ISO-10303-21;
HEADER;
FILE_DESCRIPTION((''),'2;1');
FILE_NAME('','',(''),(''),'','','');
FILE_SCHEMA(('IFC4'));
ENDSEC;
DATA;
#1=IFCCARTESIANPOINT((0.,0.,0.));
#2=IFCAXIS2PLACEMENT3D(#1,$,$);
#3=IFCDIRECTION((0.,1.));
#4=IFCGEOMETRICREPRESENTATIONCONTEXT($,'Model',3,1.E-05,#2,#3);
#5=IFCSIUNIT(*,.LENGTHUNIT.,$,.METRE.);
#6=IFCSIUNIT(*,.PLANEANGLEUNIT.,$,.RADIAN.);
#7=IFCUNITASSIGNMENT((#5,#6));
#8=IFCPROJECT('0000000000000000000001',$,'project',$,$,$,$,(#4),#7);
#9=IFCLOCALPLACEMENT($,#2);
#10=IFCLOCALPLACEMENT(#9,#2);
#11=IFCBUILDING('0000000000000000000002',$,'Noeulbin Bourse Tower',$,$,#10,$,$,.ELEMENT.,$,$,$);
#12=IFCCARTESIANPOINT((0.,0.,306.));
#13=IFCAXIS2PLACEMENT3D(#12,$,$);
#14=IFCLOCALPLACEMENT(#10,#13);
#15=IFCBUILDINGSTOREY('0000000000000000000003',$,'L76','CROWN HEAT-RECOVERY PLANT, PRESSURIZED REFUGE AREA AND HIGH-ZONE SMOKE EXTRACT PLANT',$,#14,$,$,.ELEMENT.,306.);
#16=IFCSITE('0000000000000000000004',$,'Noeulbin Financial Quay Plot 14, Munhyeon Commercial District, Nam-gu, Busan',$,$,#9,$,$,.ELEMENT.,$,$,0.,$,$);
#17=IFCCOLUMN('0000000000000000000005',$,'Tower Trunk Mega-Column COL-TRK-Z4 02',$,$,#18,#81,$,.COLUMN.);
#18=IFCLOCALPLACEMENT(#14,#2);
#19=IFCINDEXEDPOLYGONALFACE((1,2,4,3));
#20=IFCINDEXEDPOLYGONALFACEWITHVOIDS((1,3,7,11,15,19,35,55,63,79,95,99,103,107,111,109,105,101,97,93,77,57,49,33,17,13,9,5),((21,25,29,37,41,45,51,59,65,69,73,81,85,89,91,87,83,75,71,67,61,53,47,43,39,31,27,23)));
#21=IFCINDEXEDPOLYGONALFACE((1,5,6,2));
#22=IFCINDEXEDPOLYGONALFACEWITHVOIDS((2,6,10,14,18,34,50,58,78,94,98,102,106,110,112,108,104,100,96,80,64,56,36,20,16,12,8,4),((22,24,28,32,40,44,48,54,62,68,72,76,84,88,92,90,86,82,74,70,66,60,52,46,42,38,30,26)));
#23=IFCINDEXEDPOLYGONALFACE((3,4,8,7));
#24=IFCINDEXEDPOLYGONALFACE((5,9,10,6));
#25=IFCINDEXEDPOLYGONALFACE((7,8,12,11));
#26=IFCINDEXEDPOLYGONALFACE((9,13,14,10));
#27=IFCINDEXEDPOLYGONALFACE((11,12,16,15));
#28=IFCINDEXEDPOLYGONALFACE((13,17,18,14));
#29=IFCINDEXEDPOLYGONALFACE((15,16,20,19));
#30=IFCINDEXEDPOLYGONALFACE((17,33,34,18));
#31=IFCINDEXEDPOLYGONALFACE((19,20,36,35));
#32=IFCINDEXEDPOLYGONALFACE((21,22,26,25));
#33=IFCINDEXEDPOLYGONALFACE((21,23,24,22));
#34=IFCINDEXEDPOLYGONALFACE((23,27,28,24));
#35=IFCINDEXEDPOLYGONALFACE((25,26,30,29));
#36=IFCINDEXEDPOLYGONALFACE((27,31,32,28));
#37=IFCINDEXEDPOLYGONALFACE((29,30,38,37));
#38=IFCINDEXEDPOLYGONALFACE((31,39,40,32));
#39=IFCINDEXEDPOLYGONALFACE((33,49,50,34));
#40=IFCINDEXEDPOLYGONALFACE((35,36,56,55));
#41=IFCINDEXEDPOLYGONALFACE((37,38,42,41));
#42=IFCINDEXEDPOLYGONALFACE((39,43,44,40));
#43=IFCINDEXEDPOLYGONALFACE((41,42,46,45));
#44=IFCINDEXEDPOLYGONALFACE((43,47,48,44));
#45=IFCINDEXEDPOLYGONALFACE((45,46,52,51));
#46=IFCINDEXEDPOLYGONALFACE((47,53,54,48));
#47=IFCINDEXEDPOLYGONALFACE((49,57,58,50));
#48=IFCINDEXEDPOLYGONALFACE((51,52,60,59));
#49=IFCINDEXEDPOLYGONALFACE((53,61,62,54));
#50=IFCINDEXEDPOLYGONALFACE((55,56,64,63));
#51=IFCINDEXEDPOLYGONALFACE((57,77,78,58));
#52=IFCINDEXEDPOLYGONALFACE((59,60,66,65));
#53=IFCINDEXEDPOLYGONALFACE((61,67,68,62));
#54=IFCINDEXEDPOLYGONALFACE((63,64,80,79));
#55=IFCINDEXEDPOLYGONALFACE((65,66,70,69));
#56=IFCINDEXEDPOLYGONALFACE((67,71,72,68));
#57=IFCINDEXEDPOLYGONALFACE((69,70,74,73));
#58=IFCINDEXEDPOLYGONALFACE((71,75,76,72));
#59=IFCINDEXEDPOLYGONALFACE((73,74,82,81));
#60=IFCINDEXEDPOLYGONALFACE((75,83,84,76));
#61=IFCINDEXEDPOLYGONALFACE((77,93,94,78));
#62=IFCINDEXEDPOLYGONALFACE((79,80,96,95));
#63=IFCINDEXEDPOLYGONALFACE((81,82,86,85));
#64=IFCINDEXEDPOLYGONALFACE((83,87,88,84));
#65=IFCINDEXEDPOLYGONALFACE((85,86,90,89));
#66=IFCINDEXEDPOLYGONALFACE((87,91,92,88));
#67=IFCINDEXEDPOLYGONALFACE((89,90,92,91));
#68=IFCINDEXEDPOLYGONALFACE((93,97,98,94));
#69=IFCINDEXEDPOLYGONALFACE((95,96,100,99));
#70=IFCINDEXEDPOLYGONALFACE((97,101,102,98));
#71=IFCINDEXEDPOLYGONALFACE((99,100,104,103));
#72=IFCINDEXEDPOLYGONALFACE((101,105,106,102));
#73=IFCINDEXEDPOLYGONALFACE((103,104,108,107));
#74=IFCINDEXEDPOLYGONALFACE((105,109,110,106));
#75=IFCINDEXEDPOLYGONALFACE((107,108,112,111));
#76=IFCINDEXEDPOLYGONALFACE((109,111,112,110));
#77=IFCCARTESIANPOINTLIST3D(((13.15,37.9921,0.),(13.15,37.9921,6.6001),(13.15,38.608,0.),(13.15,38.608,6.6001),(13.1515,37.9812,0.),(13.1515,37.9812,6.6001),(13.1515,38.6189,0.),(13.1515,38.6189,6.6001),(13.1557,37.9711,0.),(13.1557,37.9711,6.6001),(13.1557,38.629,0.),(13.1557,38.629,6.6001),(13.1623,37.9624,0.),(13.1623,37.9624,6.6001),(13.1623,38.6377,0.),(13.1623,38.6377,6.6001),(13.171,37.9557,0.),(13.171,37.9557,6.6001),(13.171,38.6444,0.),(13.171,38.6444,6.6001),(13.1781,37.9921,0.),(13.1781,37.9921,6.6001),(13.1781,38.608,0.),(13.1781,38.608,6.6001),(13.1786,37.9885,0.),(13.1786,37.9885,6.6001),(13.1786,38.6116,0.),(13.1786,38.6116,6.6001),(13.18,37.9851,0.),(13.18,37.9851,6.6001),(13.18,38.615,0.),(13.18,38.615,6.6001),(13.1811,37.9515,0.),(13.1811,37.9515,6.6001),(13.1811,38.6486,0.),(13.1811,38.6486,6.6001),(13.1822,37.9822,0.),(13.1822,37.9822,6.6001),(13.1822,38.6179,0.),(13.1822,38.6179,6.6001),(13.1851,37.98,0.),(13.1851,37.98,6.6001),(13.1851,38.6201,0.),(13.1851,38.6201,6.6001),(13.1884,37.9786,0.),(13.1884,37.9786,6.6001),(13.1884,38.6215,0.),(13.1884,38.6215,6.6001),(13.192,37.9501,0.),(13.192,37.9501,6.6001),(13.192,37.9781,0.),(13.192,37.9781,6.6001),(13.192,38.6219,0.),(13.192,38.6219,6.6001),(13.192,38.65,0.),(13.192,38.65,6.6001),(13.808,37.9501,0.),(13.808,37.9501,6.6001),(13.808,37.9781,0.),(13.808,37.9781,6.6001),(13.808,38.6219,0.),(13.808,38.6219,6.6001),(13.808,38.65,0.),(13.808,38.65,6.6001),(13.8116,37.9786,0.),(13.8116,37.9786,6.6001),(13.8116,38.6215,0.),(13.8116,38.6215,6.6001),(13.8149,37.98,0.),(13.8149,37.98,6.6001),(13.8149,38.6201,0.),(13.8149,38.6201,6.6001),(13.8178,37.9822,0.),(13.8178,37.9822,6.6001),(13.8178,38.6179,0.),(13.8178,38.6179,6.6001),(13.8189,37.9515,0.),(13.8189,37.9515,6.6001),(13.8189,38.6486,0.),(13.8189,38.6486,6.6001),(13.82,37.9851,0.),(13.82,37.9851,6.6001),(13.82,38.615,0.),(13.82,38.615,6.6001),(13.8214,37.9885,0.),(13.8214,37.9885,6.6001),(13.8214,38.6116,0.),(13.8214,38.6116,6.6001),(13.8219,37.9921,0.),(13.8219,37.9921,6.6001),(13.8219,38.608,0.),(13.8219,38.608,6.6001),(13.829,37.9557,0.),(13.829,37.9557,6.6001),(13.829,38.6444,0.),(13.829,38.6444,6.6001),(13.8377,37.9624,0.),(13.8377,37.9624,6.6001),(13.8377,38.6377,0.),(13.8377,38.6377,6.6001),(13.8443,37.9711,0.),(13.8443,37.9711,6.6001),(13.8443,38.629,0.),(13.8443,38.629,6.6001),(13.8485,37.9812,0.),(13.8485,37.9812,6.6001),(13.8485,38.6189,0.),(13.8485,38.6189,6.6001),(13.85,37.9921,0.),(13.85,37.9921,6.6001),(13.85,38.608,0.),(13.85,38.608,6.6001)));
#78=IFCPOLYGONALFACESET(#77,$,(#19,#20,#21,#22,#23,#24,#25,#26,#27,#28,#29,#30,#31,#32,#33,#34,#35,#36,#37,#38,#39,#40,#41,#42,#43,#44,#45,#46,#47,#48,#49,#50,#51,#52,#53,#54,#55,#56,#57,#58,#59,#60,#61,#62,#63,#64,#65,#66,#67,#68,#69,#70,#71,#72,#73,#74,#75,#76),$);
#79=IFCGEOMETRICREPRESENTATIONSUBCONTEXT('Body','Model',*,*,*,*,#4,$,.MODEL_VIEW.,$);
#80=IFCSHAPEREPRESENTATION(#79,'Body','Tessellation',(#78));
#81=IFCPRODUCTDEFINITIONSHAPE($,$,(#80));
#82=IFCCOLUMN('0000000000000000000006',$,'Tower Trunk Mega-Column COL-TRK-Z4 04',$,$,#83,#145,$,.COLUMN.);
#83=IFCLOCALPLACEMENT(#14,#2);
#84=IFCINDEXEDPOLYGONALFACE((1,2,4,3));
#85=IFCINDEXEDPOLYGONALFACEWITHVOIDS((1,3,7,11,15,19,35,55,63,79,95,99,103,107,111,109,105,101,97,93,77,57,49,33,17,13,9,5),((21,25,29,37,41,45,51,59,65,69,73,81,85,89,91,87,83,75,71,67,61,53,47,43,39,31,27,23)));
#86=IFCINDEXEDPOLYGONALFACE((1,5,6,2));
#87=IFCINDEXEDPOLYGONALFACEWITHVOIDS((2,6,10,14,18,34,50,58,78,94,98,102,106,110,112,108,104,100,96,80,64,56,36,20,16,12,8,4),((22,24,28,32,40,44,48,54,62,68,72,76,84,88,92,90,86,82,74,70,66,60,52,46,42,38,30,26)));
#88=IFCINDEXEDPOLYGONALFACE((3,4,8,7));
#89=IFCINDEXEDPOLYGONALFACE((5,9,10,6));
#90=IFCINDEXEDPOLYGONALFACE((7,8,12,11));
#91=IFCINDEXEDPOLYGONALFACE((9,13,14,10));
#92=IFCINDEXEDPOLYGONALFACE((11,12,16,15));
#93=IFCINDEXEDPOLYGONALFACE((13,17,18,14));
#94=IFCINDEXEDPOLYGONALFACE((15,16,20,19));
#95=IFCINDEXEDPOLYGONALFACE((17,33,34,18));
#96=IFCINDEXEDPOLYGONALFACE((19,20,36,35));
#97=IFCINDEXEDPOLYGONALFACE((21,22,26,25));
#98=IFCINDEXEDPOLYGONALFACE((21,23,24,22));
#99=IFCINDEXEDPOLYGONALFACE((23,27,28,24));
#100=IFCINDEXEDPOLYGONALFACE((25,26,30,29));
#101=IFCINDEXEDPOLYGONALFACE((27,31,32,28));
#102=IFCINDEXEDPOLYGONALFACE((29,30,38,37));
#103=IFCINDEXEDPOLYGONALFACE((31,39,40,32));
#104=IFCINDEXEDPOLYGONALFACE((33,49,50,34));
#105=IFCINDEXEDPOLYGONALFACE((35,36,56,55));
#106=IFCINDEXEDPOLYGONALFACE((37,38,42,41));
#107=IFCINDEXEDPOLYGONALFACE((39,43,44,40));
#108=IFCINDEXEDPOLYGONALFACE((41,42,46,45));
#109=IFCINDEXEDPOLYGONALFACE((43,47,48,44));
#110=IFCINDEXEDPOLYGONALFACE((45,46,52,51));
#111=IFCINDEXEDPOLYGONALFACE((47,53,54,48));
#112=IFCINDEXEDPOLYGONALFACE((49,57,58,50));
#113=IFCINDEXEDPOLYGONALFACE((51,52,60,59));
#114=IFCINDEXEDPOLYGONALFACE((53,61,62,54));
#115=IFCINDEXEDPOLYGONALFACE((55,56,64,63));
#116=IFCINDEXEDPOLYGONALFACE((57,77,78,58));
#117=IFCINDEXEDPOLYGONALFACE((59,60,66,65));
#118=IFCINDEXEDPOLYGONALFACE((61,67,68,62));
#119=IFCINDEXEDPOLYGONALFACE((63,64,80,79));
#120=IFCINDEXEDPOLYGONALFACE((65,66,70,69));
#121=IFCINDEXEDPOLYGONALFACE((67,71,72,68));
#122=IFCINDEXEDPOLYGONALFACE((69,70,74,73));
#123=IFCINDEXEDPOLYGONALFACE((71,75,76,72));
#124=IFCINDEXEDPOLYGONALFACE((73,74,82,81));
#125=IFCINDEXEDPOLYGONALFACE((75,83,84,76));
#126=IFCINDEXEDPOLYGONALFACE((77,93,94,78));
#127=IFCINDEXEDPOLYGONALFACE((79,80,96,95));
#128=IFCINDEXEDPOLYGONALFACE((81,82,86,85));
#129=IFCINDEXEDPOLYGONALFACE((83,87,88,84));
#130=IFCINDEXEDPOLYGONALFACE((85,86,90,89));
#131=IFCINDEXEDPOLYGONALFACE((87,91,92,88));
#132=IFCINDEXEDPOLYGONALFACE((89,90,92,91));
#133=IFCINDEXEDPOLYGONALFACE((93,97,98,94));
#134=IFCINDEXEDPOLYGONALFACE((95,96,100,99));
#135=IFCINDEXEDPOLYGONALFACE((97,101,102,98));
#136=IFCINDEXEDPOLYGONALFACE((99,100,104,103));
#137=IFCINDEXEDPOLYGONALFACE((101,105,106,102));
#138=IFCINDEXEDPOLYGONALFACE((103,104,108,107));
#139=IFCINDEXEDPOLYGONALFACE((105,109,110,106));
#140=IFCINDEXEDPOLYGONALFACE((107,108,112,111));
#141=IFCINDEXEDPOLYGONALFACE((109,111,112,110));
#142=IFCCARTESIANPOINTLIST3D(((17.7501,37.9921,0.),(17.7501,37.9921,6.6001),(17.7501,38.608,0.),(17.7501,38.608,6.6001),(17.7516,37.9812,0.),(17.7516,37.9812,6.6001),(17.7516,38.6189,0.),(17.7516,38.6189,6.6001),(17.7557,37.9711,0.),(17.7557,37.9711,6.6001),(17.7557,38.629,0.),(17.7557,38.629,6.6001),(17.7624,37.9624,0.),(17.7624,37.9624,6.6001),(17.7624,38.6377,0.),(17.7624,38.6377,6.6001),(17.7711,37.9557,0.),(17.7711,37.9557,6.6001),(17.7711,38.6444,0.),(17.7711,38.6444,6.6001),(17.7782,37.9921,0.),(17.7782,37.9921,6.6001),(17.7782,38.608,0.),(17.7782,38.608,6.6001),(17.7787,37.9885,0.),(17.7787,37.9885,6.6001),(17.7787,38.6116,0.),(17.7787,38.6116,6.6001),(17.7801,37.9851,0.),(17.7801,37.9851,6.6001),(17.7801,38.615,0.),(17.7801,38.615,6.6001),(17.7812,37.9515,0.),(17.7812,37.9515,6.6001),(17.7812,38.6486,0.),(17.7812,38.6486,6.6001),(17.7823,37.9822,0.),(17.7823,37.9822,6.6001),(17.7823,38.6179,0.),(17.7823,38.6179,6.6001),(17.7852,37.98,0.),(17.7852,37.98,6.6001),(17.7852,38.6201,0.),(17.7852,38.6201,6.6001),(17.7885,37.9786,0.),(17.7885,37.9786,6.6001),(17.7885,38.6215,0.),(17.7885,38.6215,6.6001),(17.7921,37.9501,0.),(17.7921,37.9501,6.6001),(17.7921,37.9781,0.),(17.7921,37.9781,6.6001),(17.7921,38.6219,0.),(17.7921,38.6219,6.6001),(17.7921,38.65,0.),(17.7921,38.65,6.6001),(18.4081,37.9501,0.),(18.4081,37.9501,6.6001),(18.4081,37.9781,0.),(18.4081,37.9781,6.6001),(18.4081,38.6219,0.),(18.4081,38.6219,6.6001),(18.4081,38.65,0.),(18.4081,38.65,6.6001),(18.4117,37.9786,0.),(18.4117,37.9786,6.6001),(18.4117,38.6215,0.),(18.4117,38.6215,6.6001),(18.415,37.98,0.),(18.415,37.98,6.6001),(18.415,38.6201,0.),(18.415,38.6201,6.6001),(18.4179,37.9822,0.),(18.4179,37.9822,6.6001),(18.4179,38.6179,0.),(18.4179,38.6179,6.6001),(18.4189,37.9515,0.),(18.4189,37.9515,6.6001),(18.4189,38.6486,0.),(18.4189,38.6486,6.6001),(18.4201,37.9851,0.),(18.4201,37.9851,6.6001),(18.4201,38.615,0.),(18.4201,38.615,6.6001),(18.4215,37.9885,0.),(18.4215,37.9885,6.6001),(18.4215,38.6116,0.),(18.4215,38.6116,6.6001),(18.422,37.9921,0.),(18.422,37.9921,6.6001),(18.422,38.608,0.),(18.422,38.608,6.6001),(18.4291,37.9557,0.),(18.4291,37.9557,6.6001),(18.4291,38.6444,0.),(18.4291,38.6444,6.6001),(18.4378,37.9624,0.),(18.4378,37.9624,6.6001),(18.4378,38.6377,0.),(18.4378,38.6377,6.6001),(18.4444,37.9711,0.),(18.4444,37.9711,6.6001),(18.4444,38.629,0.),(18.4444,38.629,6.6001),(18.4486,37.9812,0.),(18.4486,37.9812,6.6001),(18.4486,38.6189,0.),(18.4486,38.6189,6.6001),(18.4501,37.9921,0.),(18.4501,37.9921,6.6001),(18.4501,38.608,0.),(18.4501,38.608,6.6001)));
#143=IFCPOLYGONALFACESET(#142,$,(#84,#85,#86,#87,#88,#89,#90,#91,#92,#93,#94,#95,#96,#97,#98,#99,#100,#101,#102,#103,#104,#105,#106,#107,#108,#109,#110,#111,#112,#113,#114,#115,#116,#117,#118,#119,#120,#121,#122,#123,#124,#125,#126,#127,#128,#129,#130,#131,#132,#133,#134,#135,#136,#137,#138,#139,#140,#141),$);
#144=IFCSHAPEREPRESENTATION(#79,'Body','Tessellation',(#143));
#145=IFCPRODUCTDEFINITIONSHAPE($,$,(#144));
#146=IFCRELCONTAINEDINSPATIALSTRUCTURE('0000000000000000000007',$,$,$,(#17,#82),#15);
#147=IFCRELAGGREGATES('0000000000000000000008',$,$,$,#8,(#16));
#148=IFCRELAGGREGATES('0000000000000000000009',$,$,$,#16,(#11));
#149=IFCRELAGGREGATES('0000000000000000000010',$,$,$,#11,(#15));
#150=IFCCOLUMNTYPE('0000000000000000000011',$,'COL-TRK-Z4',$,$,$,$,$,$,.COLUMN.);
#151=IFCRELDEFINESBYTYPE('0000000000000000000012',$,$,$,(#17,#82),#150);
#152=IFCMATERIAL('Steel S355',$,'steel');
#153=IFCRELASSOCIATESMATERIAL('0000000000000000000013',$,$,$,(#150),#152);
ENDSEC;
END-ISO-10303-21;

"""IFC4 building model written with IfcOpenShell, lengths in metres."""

from ifc_helpers import new_model, si_unit, direction, frame, origin, origin_2d, place, context, subcontext, project, spatial, hollow_rectangle, extrude, material, material_profile, profile_set, type_object, element, save


model = new_model("IFC4")

# Units and contexts
model_context = context("Model", 3, precision=1e-05, world=origin(), true_north=direction((0.0, 1.0)))
body_context = subcontext(model_context, "Body", "Model", "MODEL_VIEW")
ifc_project = project(units=[si_unit("LENGTHUNIT", "METRE"), si_unit("PLANEANGLEUNIT", "RADIAN")], contexts=[model_context])

# Site, building, storey
site_placement = place(None, origin())
site = spatial("IfcSite", under=ifc_project, at=site_placement, Name="Noeulbin Financial Quay Plot 14, Munhyeon Commercial District, Nam-gu, Busan", CompositionType="ELEMENT", RefElevation=0.0)
building_placement = place(site_placement, origin())
building = spatial("IfcBuilding", under=site, at=building_placement, Name="Noeulbin Bourse Tower", CompositionType="ELEMENT")
storey_placement = place(building_placement, frame((0.0, 0.0, 306.0)))
storey = spatial("IfcBuildingStorey", under=building, at=storey_placement, Name="L76", Description="CROWN HEAT-RECOVERY PLANT, PRESSURIZED REFUGE AREA AND HIGH-ZONE SMOKE EXTRACT PLANT", CompositionType="ELEMENT", Elevation=306.0)

# Columns
ifc_material_1 = material(Name="Steel S355", Category="steel")
ifc_material_profile_1 = material_profile(ifc_material_1, hollow_rectangle(XDim=0.7, YDim=0.7, WallThickness=0.0281, InnerFilletRadius=0.0139, OuterFilletRadius=0.042, at=origin_2d()), Name="BOX-700x700x28", Category="LoadBearing")
ifc_profile_set_1 = profile_set([ifc_material_profile_1], Name="Steel S355")
column_type = type_object("IfcColumnType", Name="COL-TRK-Z4", PredefinedType="COLUMN", material=ifc_profile_set_1)
for number, where, z_axis, x_axis, name in (
    (1, (13.5, 38.3, 0.0), (0.0, 0.0, 1.0), (1.0, 0.0, 0.0), "Tower Trunk Mega-Column COL-TRK-Z4 02"),
    (2, (18.1001, 38.3, 0.0), (0.0, 0.0, 1.0), (1.0, 0.0, 0.0), "Tower Trunk Mega-Column COL-TRK-Z4 04"),
):
    element("IfcColumn", number, at=place(storey_placement, frame(where, z_axis=z_axis, x_axis=x_axis)), inside=storey, type_object=column_type, Name=name, PredefinedType="COLUMN", context=body_context, shape_type="SweptSolid", body=[
        extrude(hollow_rectangle(XDim=0.7, YDim=0.7, WallThickness=0.0281, InnerFilletRadius=0.0139, OuterFilletRadius=0.042, at=origin_2d()), origin(), (0.0, 0.0, 1.0), 6.6001),
    ])

save(model, "model.ifc")
